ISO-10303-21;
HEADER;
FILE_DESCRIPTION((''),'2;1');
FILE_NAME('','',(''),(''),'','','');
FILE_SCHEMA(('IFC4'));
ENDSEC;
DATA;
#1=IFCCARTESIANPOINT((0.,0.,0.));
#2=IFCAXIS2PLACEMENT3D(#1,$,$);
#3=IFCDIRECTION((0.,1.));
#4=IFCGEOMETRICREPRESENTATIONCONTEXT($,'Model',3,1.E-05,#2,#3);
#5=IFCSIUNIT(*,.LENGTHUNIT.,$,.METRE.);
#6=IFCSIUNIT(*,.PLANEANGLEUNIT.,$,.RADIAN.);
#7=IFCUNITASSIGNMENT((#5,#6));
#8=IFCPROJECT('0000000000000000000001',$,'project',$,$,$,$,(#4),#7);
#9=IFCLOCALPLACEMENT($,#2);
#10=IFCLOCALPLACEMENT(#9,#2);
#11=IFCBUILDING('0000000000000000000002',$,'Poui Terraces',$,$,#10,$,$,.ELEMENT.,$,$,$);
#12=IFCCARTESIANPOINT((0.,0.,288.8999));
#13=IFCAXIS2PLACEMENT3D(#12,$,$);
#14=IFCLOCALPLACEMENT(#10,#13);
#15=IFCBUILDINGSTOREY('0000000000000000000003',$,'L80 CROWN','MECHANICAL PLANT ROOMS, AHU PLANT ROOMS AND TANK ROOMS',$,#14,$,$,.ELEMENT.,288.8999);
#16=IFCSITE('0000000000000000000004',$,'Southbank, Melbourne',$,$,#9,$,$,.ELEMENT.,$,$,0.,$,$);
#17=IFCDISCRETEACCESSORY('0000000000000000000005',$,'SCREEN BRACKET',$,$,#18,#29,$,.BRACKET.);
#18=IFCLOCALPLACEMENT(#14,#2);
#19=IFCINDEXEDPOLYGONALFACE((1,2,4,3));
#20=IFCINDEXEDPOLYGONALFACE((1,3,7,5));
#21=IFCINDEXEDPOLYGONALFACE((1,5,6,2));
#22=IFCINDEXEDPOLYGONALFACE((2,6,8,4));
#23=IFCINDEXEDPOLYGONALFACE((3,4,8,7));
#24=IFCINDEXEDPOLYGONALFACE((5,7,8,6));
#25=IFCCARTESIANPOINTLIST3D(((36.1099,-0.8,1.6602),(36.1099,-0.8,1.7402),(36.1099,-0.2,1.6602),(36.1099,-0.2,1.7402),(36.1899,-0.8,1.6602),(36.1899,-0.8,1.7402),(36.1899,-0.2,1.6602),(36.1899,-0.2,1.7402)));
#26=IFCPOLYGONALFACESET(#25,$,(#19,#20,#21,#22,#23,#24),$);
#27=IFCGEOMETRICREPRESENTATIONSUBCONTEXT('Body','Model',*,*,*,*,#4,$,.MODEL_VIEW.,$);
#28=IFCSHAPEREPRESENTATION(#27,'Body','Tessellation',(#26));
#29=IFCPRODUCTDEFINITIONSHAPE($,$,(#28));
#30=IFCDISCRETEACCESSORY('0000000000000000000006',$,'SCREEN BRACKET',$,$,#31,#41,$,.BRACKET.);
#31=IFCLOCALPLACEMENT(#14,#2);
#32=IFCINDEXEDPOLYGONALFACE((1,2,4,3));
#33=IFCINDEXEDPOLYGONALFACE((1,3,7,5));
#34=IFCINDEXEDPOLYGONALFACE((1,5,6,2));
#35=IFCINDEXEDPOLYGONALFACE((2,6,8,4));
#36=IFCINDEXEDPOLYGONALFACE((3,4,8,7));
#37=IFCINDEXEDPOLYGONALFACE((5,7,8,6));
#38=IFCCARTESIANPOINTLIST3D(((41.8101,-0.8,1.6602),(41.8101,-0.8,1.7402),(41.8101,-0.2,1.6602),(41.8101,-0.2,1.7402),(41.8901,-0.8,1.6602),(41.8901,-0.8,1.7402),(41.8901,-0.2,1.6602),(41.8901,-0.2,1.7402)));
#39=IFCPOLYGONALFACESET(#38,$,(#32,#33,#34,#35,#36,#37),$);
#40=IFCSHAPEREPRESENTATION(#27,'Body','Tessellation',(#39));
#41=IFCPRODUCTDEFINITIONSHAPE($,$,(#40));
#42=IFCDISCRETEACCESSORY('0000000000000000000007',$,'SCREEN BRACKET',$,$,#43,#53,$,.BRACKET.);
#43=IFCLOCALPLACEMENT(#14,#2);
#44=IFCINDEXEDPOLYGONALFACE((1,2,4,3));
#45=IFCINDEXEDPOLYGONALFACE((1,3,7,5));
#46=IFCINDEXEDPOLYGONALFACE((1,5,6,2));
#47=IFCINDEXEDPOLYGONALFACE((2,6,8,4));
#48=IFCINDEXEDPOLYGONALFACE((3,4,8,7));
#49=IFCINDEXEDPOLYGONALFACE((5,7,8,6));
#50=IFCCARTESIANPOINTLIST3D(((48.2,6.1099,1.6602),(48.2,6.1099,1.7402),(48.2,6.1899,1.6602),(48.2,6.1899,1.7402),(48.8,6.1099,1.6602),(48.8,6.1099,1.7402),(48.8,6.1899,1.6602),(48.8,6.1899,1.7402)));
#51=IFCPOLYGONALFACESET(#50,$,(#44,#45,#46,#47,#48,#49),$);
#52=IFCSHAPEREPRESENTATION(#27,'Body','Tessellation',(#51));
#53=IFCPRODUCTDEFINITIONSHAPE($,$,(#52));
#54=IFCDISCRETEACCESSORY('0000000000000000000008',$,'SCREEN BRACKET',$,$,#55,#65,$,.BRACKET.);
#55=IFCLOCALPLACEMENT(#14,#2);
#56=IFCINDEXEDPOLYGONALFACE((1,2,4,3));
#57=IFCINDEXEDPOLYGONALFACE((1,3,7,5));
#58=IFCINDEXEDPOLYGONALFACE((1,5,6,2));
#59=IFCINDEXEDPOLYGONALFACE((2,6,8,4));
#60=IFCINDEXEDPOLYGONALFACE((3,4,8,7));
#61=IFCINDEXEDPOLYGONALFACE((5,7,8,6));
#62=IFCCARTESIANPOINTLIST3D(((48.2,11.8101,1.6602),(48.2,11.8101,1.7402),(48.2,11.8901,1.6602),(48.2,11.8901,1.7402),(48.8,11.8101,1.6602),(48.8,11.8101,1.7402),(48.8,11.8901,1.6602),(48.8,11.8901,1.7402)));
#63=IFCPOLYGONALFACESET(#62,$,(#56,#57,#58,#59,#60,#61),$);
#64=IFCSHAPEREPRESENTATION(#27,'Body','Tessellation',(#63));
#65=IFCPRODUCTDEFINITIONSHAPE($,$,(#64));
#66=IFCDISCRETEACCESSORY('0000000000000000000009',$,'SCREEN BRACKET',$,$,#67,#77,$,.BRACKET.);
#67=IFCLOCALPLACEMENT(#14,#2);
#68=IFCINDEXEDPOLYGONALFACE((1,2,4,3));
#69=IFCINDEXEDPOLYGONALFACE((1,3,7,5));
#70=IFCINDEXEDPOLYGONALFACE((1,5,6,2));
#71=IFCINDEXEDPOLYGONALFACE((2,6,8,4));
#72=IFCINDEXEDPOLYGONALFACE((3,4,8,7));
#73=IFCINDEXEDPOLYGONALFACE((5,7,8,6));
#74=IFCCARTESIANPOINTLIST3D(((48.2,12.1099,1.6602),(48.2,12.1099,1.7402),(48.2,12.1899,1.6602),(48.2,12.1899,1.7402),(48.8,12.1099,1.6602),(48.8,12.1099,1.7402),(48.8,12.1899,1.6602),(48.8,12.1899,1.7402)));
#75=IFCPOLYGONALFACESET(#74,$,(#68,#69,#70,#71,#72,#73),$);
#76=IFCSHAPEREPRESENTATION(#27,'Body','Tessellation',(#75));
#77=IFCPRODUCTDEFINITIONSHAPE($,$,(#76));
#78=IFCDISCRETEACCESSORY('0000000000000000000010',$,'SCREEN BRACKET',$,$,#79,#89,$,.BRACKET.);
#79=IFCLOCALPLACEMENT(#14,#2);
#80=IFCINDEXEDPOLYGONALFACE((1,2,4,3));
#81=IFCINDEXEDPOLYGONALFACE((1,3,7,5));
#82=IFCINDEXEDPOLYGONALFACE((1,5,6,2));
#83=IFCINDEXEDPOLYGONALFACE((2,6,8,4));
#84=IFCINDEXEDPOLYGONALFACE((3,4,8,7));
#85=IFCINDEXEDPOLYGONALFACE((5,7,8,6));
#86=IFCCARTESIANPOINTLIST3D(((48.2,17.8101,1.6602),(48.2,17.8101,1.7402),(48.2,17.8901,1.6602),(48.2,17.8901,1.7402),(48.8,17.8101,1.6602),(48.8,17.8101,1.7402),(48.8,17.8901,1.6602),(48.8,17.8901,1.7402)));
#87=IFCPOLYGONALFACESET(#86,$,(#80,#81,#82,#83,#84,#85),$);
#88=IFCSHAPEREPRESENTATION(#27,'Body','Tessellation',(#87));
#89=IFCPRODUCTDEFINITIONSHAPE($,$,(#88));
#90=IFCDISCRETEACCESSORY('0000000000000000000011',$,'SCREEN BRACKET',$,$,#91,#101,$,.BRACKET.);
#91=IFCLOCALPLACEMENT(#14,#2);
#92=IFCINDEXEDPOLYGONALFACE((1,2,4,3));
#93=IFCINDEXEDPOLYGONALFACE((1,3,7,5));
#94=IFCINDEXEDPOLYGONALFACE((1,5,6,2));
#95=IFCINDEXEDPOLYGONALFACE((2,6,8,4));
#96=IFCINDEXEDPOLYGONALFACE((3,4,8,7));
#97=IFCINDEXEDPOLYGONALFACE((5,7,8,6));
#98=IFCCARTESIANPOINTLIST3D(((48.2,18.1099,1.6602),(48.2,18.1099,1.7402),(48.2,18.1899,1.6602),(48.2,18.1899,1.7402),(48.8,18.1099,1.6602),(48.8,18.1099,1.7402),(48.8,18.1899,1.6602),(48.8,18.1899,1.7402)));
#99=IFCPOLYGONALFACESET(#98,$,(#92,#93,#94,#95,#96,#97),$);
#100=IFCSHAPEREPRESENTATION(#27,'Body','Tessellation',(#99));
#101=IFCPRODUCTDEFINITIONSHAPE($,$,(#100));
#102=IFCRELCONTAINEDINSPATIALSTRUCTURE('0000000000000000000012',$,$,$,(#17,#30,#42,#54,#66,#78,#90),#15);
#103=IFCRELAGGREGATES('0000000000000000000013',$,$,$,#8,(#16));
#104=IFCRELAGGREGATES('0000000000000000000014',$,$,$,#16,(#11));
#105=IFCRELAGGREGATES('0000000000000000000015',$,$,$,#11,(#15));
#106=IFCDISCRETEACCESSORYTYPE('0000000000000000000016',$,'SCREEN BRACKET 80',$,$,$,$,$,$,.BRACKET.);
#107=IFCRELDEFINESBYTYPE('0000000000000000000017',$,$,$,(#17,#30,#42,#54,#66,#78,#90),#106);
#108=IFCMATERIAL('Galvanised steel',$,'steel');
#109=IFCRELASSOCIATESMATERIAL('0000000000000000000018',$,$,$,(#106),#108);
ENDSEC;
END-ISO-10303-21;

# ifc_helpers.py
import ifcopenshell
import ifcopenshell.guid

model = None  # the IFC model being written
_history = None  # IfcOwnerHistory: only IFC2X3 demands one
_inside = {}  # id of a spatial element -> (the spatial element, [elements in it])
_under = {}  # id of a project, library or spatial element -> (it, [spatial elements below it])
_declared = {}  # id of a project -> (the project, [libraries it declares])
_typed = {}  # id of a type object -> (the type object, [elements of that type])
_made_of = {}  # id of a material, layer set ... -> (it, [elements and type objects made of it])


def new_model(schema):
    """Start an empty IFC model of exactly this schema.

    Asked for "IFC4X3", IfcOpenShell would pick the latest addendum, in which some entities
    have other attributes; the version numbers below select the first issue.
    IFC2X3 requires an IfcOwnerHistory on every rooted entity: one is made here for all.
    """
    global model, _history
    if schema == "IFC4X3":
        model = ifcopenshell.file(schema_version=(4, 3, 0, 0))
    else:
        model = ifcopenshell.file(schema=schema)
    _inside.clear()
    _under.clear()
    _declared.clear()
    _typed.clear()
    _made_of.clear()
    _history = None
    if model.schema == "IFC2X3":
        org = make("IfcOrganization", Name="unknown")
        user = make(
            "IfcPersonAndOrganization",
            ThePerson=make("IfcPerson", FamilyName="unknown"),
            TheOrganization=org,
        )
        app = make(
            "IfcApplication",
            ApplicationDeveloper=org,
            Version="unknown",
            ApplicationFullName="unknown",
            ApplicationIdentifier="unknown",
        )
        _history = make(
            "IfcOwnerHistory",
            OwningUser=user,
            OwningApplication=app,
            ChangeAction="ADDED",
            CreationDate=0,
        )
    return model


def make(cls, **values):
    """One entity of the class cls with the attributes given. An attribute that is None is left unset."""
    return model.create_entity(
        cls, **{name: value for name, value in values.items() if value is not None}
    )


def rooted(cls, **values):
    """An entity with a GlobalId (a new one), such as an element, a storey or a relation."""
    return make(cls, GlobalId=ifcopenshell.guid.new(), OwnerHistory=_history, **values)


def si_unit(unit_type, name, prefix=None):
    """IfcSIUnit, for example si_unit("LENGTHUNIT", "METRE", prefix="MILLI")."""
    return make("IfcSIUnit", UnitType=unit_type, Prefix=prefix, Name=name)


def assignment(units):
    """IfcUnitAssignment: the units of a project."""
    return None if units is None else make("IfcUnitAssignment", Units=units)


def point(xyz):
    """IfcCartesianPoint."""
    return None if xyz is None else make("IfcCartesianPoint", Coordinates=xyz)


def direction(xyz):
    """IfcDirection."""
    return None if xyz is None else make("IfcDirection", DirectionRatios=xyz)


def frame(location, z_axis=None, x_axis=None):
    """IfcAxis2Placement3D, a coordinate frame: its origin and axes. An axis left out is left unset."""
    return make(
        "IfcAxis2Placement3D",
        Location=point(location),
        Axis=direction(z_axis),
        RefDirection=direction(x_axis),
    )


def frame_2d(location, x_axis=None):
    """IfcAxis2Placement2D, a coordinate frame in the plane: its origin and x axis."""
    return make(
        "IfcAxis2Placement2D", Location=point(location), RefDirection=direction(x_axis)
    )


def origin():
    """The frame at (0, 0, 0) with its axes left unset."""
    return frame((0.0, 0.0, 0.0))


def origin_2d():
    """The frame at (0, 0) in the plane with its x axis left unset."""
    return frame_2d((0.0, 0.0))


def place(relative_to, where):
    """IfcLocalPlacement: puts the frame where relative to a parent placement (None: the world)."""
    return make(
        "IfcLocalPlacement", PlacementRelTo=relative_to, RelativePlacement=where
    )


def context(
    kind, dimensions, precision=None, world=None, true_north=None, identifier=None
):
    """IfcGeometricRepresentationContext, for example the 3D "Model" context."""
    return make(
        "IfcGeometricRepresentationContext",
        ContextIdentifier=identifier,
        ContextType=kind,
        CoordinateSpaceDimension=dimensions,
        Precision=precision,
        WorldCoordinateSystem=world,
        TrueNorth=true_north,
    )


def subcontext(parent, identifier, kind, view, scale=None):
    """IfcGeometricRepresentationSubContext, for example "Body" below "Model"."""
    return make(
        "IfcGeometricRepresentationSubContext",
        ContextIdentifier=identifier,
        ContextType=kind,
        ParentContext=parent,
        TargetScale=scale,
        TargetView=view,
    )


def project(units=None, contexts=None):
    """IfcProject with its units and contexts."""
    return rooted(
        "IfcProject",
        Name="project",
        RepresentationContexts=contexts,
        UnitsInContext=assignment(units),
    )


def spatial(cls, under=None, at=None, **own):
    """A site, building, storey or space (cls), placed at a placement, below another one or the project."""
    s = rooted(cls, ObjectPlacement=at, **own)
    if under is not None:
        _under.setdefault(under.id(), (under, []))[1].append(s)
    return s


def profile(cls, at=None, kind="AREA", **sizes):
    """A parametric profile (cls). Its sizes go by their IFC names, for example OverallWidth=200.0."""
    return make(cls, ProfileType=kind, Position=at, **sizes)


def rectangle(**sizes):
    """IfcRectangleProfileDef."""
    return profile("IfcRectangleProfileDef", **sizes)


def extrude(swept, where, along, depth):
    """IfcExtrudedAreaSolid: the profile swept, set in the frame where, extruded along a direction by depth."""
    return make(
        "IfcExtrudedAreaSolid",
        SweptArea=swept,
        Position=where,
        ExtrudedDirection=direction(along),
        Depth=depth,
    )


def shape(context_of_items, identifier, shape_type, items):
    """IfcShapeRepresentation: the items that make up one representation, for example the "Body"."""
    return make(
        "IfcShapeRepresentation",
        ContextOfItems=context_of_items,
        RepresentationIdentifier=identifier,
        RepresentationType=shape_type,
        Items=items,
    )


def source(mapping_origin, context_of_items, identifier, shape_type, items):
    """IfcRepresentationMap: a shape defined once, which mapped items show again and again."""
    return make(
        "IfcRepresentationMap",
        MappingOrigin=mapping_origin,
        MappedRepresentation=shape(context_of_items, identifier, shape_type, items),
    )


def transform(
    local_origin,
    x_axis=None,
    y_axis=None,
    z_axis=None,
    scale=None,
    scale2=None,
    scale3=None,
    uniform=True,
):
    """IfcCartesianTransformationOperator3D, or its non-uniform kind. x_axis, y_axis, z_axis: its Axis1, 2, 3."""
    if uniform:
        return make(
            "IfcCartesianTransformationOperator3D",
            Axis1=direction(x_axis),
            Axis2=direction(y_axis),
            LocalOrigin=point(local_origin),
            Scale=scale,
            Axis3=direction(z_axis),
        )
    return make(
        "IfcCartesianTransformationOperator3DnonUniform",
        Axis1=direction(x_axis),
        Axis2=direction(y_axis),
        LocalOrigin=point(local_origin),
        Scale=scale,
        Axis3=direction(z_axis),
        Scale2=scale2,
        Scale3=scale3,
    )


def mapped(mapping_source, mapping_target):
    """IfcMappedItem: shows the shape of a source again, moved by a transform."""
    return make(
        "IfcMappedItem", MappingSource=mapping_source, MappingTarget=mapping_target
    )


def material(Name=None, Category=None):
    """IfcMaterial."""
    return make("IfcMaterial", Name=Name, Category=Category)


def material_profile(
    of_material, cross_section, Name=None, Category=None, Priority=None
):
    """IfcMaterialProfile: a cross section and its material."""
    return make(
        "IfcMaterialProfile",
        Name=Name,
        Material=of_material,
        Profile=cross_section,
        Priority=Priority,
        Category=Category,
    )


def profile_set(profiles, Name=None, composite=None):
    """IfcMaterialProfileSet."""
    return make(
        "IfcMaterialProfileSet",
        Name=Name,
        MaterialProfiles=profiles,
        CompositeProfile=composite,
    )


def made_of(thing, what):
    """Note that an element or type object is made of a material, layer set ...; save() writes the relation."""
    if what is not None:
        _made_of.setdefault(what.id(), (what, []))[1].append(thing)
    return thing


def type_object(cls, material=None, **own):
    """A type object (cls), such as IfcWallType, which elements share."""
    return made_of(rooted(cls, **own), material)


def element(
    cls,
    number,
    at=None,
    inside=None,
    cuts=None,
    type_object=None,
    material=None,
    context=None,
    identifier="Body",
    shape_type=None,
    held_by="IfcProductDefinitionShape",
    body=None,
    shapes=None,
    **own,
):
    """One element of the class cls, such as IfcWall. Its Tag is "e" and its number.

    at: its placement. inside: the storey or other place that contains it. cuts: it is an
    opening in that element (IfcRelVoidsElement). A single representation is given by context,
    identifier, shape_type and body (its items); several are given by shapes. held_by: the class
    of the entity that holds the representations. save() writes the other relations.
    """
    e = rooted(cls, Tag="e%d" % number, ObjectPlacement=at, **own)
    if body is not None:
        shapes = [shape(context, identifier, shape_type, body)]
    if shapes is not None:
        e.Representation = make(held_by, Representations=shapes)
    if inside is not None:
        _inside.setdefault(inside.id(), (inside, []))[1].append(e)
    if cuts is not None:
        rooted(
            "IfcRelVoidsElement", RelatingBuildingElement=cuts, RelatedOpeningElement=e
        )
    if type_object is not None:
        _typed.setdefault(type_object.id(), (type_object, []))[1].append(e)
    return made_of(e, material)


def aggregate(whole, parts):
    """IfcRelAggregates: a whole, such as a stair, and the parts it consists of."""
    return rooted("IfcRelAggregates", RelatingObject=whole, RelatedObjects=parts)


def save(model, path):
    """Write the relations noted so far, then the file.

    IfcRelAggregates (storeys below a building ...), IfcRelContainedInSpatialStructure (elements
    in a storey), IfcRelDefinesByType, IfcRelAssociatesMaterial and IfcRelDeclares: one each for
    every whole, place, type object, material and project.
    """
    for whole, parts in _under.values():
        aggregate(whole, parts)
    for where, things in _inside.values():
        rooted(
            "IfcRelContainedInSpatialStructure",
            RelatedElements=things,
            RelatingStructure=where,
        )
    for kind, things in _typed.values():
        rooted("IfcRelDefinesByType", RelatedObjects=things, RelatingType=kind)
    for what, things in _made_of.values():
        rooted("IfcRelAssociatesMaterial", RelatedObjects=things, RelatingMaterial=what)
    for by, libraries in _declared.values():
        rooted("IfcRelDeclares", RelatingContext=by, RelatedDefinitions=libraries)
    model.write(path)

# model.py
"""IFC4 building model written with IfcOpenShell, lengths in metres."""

from ifc_helpers import new_model, si_unit, direction, frame, origin, origin_2d, place, context, subcontext, project, spatial, rectangle, extrude, source, transform, mapped, material, material_profile, profile_set, type_object, element, save


model = new_model("IFC4")

# Units and contexts
model_context = context("Model", 3, precision=1e-05, world=origin(), true_north=direction((0.0, 1.0)))
body_context = subcontext(model_context, "Body", "Model", "MODEL_VIEW")
ifc_project = project(units=[si_unit("LENGTHUNIT", "METRE"), si_unit("PLANEANGLEUNIT", "RADIAN")], contexts=[model_context])

# Site, building, storey
site_placement = place(None, origin())
site = spatial("IfcSite", under=ifc_project, at=site_placement, Name="Southbank, Melbourne", CompositionType="ELEMENT", RefElevation=0.0)
building_placement = place(site_placement, origin())
building = spatial("IfcBuilding", under=site, at=building_placement, Name="Poui Terraces", CompositionType="ELEMENT")
storey_placement = place(building_placement, frame((0.0, 0.0, 288.8999)))
storey = spatial("IfcBuildingStorey", under=building, at=storey_placement, Name="L80 CROWN", Description="MECHANICAL PLANT ROOMS, AHU PLANT ROOMS AND TANK ROOMS", CompositionType="ELEMENT", Elevation=288.8999)

# Discrete accessories
ifc_material_1 = material(Name="Galvanised steel", Category="steel")
ifc_material_profile_1 = material_profile(ifc_material_1, rectangle(XDim=0.0801, YDim=0.0801, at=origin_2d()), Name="SCREEN BRACKET 80")
ifc_profile_set_1 = profile_set([ifc_material_profile_1], Name="Galvanised steel")
discrete_accessory_type = type_object("IfcDiscreteAccessoryType", Name="SCREEN BRACKET 80", PredefinedType="BRACKET", material=ifc_profile_set_1)
shared_shape_1 = source(origin(), body_context, "Body", "SweptSolid", [
    extrude(rectangle(XDim=0.0801, YDim=0.0801, at=origin_2d()), origin(), (0.0, 0.0, 1.0), 0.6001),
])
for number, where, z_axis, x_axis, name in (
    (1, (36.1499, -0.2, 1.7002), (0.0, -1.0, 0.0), (1.0, 0.0, 0.0), "SCREEN BRACKET"),
    (2, (41.8501, -0.2, 1.7002), (0.0, -1.0, 0.0), (1.0, 0.0, 0.0), "SCREEN BRACKET"),
    (3, (48.2, 6.1499, 1.7002), (1.0, 0.0, 0.0), (0.0, 1.0, 0.0), "SCREEN BRACKET"),
    (4, (48.2, 11.8501, 1.7002), (1.0, 0.0, 0.0), (0.0, 1.0, 0.0), "SCREEN BRACKET"),
    (5, (48.2, 12.1499, 1.7002), (1.0, 0.0, 0.0), (0.0, 1.0, 0.0), "SCREEN BRACKET"),
    (6, (48.2, 17.8501, 1.7002), (1.0, 0.0, 0.0), (0.0, 1.0, 0.0), "SCREEN BRACKET"),
    (7, (48.2, 18.1499, 1.7002), (1.0, 0.0, 0.0), (0.0, 1.0, 0.0), "SCREEN BRACKET"),
):
    element("IfcDiscreteAccessory", number, at=place(storey_placement, frame(where, z_axis=z_axis, x_axis=x_axis)), inside=storey, type_object=discrete_accessory_type, Name=name, PredefinedType="BRACKET", context=body_context, shape_type="MappedRepresentation", body=[
        mapped(shared_shape_1, transform((0.0, 0.0, 0.0))),
    ])

save(model, "model.ifc")
